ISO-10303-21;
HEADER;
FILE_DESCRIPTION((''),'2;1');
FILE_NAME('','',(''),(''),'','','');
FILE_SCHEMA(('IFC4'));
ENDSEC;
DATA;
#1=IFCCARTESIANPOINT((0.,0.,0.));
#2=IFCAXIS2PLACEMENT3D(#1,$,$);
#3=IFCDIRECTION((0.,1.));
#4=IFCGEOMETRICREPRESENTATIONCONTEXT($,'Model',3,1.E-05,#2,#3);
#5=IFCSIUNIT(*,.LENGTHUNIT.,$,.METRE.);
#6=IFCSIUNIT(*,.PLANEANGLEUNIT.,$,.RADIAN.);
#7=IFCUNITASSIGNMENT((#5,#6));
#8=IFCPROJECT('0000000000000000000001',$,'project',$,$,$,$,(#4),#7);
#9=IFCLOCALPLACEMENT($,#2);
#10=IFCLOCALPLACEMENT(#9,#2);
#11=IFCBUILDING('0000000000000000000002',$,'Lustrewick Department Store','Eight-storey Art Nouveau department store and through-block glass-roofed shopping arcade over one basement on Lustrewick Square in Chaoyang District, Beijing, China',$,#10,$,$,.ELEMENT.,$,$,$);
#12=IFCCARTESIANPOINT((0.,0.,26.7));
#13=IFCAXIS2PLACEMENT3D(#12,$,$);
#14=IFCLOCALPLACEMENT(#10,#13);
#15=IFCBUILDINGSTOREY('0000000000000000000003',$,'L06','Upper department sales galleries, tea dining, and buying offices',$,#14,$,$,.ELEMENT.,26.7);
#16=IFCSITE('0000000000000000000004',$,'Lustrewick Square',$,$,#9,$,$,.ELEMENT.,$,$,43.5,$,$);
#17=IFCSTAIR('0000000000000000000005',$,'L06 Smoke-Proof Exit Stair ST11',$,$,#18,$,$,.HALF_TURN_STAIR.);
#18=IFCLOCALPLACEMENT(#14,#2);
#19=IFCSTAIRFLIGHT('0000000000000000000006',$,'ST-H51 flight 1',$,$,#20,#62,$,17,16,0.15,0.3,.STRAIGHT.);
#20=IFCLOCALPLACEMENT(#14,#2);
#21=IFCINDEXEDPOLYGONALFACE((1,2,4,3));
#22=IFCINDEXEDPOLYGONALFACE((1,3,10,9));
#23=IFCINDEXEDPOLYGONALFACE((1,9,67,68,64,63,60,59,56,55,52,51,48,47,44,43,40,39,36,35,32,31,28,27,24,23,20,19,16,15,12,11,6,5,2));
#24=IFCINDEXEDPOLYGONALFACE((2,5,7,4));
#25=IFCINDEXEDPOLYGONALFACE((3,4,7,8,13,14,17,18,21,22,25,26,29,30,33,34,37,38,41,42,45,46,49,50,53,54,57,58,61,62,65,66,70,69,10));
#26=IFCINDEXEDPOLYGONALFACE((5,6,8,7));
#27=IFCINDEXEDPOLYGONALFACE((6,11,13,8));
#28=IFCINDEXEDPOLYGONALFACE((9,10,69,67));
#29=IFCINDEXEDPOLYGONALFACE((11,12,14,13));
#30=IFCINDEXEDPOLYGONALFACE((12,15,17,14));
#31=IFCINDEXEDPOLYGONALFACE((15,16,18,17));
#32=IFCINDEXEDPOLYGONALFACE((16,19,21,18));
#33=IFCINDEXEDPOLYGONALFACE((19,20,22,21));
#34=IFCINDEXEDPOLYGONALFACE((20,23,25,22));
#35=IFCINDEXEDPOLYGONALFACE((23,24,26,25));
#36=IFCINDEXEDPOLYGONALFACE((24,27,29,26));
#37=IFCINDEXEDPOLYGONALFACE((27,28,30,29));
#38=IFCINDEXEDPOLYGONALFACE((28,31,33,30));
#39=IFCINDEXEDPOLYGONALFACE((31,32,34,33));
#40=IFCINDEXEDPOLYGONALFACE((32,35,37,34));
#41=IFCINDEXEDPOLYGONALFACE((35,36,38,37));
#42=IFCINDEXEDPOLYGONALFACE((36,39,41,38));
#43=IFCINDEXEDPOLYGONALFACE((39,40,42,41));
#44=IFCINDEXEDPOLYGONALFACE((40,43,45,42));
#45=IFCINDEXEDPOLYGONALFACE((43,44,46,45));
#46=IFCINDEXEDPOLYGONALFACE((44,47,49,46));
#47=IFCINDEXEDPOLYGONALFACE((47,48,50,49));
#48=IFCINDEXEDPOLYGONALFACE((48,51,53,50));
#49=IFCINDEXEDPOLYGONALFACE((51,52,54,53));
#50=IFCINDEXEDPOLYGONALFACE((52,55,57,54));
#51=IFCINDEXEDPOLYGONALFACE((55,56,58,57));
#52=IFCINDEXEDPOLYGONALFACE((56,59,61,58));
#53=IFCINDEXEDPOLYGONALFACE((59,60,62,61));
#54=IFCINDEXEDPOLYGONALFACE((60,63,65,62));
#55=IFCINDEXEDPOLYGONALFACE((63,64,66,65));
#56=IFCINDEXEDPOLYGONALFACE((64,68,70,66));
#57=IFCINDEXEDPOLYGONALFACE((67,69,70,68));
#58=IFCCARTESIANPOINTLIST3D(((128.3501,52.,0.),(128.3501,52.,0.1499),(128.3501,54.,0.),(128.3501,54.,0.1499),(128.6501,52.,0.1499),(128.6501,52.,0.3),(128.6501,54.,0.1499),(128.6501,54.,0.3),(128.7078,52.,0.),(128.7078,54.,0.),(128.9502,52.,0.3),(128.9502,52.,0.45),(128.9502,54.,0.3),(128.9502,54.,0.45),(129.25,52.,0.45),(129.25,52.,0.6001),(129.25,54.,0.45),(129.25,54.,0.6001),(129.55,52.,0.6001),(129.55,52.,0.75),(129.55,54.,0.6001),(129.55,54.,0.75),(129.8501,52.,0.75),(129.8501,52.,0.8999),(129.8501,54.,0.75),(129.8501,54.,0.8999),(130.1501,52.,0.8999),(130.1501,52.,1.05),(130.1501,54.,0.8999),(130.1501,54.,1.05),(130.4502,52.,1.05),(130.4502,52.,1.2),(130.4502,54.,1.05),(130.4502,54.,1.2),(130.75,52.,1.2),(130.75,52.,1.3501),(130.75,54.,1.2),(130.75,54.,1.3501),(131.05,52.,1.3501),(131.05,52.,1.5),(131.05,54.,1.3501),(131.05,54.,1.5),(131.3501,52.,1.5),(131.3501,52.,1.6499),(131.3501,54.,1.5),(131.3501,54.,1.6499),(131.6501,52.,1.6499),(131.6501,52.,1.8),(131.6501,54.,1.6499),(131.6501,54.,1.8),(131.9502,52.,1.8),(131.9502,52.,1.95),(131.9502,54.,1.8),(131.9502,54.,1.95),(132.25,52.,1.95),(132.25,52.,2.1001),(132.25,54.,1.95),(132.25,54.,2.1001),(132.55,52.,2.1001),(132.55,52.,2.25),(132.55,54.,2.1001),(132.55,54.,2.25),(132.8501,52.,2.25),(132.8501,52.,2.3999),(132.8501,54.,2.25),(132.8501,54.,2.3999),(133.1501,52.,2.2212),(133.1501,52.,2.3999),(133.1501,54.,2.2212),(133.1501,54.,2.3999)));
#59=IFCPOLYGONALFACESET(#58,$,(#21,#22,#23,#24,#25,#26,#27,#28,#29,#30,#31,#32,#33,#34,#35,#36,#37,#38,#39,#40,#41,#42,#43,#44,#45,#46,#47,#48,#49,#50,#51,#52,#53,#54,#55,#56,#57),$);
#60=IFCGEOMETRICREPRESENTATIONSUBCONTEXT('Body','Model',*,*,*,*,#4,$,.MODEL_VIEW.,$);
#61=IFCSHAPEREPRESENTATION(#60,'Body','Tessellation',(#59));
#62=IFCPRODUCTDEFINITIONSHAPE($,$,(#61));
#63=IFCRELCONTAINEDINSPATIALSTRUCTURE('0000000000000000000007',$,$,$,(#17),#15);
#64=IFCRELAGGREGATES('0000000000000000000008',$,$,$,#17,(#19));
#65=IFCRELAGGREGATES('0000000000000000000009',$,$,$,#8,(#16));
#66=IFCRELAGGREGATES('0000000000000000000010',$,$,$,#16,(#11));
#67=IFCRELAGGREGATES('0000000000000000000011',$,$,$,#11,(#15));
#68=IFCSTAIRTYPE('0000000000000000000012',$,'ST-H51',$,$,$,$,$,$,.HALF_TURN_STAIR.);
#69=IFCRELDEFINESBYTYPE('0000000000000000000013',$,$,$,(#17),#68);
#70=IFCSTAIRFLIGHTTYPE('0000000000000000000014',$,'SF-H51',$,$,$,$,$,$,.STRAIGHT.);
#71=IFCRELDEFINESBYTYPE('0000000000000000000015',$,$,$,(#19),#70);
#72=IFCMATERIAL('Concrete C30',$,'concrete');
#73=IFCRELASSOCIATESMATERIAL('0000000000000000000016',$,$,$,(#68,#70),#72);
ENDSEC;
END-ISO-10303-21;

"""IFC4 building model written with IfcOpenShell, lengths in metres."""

from ifc_helpers import new_model, si_unit, direction, frame, origin, place, context, subcontext, project, spatial, polyline, outline, extrude, material, type_object, element, aggregate, save


model = new_model("IFC4")

# Units and contexts
model_context = context("Model", 3, precision=1e-05, world=origin(), true_north=direction((0.0, 1.0)))
body_context = subcontext(model_context, "Body", "Model", "MODEL_VIEW")
ifc_project = project(units=[si_unit("LENGTHUNIT", "METRE"), si_unit("PLANEANGLEUNIT", "RADIAN")], contexts=[model_context])

# Site, building, storey
site_placement = place(None, origin())
site = spatial("IfcSite", under=ifc_project, at=site_placement, Name="Lustrewick Square", CompositionType="ELEMENT", RefElevation=43.5)
building_placement = place(site_placement, origin())
building = spatial("IfcBuilding", under=site, at=building_placement, Name="Lustrewick Department Store", Description="Eight-storey Art Nouveau department store and through-block glass-roofed shopping arcade over one basement on Lustrewick Square in Chaoyang District, Beijing, China", CompositionType="ELEMENT")
storey_placement = place(building_placement, frame((0.0, 0.0, 26.7)))
storey = spatial("IfcBuildingStorey", under=building, at=storey_placement, Name="L06", Description="Upper department sales galleries, tea dining, and buying offices", CompositionType="ELEMENT", Elevation=26.7)

# Shared definitions
ifc_material_1 = material(Name="Concrete C30", Category="concrete")
stair_type = type_object("IfcStairType", Name="ST-H51", PredefinedType="HALF_TURN_STAIR", material=ifc_material_1)
stair_flight_type = type_object("IfcStairFlightType", Name="SF-H51", PredefinedType="STRAIGHT", material=ifc_material_1)

# Stair, stair flight
stair_1_placement = place(storey_placement, origin())
stair_1 = element("IfcStair", 1, at=stair_1_placement, inside=storey, type_object=stair_type, Name="L06 Smoke-Proof Exit Stair ST11", PredefinedType="HALF_TURN_STAIR")
stair_flight_1_placement = place(storey_placement, frame((128.3501, 53.0, 0.0), z_axis=(0.0, 0.0, 1.0), x_axis=(1.0, 0.0, 0.0)))
stair_flight_1 = element("IfcStairFlight", 2, at=stair_flight_1_placement, type_object=stair_flight_type, Name="ST-H51 flight 1", NumberOfRisers=17, NumberOfTreads=16, PredefinedType="STRAIGHT", RiserHeight=0.15, TreadLength=0.3, context=body_context, shape_type="SweptSolid", body=[
    extrude(outline(polyline([(0.0, 0.0), (0.0, 0.1499), (0.3, 0.1499), (0.3, 0.3), (0.6001, 0.3), (0.6001, 0.45), (0.8999, 0.45), (0.8999, 0.6001), (1.2, 0.6001), (1.2, 0.75), (1.5, 0.75), (1.5, 0.8999), (1.8, 0.8999), (1.8, 1.05), (2.1001, 1.05), (2.1001, 1.2), (2.3999, 1.2), (2.3999, 1.3501), (2.7, 1.3501), (2.7, 1.5), (3.0, 1.5), (3.0, 1.6499), (3.3, 1.6499), (3.3, 1.8), (3.6001, 1.8), (3.6001, 1.95), (3.8999, 1.95), (3.8999, 2.1001), (4.2, 2.1001), (4.2, 2.25), (4.5, 2.25), (4.5, 2.3999), (4.8, 2.3999), (4.8, 2.55), (4.8, 2.2212), (0.3577, 0.0), (0.0, 0.0)])), frame((0.0, 1.0, 0.0), z_axis=(0.0, -1.0, 0.0), x_axis=(1.0, 0.0, 0.0)), (0.0, 0.0, 1.0), 2.0),
])
aggregate(stair_1, [stair_flight_1])

save(model, "model.ifc")
